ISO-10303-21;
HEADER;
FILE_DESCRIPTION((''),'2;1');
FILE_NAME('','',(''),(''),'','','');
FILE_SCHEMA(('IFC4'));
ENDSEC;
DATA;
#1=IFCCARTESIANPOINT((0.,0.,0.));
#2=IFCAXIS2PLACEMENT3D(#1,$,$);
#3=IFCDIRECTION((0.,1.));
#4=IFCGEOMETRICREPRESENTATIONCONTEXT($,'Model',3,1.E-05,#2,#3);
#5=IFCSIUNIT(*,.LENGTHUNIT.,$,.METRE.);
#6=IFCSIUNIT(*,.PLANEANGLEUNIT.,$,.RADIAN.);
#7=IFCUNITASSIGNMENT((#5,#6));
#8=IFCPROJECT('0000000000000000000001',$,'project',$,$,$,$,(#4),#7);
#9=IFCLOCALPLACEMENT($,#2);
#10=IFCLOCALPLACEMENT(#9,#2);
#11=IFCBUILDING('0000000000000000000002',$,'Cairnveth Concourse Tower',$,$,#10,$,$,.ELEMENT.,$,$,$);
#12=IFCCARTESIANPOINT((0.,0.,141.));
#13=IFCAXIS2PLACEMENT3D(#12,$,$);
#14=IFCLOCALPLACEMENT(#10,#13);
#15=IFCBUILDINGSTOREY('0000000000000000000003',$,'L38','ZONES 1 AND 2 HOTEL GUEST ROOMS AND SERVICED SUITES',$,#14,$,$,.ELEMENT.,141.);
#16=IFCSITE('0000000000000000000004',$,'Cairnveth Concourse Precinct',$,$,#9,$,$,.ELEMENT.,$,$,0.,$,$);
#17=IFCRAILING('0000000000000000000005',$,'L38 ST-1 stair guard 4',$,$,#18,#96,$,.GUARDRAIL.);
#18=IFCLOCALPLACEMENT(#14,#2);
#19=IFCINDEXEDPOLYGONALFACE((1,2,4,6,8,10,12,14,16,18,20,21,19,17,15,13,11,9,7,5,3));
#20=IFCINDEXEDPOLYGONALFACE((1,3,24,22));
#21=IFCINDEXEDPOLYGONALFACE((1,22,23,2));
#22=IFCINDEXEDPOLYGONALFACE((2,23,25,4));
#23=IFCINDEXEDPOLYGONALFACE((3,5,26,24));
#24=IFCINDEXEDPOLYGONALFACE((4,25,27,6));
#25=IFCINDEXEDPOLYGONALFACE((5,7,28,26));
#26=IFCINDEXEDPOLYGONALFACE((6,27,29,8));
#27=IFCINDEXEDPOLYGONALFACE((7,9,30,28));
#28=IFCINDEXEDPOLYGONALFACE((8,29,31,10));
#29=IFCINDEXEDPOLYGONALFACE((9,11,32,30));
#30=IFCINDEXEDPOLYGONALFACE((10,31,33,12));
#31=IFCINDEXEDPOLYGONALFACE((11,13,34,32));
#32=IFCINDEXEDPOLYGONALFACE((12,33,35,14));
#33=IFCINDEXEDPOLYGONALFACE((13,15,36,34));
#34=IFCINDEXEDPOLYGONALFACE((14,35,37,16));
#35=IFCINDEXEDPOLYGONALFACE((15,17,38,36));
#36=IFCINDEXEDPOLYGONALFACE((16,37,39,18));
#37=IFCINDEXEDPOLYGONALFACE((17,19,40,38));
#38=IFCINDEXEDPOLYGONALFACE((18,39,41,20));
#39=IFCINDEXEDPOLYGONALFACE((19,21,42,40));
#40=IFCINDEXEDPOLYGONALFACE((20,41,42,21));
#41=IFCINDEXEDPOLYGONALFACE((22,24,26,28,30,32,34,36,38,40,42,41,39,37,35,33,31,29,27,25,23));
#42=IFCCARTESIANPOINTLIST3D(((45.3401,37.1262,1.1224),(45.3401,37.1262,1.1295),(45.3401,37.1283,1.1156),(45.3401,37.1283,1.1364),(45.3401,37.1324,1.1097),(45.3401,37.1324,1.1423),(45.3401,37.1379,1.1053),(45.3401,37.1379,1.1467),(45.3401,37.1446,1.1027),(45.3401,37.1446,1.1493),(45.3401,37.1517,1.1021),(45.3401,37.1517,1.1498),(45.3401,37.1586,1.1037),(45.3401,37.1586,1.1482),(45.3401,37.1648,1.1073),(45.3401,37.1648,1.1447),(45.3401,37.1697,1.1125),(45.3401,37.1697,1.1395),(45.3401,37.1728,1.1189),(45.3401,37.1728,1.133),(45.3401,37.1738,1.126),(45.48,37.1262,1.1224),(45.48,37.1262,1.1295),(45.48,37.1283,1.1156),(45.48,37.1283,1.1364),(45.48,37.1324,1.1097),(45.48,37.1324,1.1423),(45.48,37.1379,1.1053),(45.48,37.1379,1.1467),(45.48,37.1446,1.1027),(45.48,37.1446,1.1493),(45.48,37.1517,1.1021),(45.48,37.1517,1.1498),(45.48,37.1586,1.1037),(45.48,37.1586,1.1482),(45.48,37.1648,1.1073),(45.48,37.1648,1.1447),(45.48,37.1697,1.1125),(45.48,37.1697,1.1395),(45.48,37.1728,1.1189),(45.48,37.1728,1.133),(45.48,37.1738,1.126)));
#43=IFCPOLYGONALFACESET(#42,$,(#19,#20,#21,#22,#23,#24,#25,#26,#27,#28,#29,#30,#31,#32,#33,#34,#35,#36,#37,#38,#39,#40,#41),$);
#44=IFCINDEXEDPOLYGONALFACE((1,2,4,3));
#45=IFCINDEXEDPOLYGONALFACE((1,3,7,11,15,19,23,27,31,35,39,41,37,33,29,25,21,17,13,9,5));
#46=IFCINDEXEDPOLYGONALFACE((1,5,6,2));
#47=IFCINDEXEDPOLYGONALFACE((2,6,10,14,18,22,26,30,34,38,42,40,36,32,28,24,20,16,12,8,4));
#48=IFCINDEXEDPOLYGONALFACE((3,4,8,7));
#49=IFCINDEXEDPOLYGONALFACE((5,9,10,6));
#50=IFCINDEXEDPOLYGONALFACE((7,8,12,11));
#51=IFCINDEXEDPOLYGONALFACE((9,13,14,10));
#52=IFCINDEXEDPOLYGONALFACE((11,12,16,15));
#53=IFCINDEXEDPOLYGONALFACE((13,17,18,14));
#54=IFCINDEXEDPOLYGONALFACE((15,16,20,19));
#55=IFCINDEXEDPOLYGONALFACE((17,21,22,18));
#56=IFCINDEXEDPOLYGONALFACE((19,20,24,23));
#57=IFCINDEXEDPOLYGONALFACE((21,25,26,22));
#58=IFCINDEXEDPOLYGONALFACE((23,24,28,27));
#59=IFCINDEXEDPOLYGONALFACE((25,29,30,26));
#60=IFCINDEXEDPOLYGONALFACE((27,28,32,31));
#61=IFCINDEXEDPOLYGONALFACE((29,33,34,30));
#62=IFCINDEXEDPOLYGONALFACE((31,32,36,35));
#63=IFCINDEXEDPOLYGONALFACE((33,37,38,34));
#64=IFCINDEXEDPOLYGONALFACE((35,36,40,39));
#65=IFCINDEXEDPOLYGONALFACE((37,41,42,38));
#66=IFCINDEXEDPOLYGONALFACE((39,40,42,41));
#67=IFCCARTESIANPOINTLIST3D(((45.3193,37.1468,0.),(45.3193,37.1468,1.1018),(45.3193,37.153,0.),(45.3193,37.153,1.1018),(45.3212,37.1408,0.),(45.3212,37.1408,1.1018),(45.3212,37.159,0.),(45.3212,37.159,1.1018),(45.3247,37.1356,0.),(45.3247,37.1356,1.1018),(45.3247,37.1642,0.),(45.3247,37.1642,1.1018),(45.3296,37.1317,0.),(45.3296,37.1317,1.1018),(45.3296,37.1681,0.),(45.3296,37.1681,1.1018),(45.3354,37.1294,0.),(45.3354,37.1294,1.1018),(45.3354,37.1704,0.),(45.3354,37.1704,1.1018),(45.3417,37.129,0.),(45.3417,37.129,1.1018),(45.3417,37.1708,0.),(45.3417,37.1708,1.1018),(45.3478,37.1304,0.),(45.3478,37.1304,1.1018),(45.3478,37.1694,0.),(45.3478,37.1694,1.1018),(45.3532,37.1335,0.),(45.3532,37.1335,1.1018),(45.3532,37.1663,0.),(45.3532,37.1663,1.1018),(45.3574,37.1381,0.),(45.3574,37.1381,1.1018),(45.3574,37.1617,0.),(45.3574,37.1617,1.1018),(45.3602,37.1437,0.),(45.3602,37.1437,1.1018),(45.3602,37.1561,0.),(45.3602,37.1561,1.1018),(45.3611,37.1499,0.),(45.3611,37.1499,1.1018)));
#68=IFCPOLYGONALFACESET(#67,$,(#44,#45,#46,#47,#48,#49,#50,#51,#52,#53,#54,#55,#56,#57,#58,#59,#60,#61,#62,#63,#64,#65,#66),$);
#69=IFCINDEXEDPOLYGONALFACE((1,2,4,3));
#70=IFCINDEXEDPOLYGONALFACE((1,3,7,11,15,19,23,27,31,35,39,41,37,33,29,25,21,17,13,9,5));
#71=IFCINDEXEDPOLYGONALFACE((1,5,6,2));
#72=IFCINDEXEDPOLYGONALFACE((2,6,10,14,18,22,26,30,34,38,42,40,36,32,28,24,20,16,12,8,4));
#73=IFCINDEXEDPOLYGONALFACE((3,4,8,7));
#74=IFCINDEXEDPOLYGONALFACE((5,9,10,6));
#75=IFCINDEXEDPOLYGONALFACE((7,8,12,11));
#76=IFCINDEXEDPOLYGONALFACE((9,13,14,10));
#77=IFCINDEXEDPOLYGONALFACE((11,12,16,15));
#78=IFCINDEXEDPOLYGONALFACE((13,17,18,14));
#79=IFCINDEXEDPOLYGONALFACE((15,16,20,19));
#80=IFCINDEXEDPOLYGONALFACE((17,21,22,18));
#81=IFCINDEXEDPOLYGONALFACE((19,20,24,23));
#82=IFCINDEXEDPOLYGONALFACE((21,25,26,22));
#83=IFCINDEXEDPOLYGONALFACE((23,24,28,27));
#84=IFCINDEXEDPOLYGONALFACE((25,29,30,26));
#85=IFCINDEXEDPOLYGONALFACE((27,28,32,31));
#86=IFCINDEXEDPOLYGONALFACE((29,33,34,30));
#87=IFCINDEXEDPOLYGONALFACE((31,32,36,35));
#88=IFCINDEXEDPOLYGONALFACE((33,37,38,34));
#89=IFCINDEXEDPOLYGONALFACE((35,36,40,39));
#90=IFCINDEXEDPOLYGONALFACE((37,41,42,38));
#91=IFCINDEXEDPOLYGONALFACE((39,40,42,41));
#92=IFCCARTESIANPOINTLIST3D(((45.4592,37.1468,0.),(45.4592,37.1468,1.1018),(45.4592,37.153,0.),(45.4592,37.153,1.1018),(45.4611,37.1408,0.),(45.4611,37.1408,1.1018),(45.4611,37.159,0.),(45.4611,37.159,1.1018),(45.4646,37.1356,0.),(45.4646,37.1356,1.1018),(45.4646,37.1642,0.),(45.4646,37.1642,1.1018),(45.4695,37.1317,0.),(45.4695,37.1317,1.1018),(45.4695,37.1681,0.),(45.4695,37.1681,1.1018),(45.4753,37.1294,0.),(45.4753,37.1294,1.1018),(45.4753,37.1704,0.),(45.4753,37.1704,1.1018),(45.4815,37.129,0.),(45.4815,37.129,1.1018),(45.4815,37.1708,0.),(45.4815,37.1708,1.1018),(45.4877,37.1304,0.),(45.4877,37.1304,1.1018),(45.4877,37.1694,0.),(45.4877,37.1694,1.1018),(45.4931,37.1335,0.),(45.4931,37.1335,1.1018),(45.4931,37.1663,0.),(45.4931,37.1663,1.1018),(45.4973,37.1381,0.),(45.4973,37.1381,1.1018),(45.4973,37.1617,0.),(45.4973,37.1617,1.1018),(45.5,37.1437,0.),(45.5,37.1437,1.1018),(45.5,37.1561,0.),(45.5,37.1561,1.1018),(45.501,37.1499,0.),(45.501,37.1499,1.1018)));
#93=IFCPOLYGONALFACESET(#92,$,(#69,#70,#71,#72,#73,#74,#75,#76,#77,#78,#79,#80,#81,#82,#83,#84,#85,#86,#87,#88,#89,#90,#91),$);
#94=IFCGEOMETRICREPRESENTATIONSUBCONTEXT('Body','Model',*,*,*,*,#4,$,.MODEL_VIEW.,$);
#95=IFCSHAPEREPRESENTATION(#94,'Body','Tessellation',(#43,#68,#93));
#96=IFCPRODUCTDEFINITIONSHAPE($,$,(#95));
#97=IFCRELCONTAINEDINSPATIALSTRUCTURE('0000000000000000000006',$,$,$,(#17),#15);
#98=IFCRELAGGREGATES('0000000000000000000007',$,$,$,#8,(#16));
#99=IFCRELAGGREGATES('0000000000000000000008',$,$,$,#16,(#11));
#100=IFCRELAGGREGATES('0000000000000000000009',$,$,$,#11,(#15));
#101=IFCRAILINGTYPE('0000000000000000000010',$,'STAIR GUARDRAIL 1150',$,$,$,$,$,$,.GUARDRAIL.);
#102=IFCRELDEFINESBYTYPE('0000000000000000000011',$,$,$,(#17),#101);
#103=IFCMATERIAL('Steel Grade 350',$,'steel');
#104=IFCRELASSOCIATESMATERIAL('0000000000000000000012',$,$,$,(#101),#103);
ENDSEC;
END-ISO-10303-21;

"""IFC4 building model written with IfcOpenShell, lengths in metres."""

from ifc_helpers import new_model, si_unit, direction, frame, origin, origin_2d, place, context, subcontext, project, spatial, circle, extrude, material, type_object, element, save


model = new_model("IFC4")

# Units and contexts
model_context = context("Model", 3, precision=1e-05, world=origin(), true_north=direction((0.0, 1.0)))
body_context = subcontext(model_context, "Body", "Model", "MODEL_VIEW")
ifc_project = project(units=[si_unit("LENGTHUNIT", "METRE"), si_unit("PLANEANGLEUNIT", "RADIAN")], contexts=[model_context])

# Site, building, storey
site_placement = place(None, origin())
site = spatial("IfcSite", under=ifc_project, at=site_placement, Name="Cairnveth Concourse Precinct", CompositionType="ELEMENT", RefElevation=0.0)
building_placement = place(site_placement, origin())
building = spatial("IfcBuilding", under=site, at=building_placement, Name="Cairnveth Concourse Tower", CompositionType="ELEMENT")
storey_placement = place(building_placement, frame((0.0, 0.0, 141.0)))
storey = spatial("IfcBuildingStorey", under=building, at=storey_placement, Name="L38", Description="ZONES 1 AND 2 HOTEL GUEST ROOMS AND SERVICED SUITES", CompositionType="ELEMENT", Elevation=141.0)

# Shared definitions
ifc_material_1 = material(Name="Steel Grade 350", Category="steel")

# Railing
railing_type_1 = type_object("IfcRailingType", Name="STAIR GUARDRAIL 1150", PredefinedType="GUARDRAIL", material=ifc_material_1)
railing_1_placement = place(storey_placement, frame((45.3401, 37.1499, 0.0)))
element("IfcRailing", 1, at=railing_1_placement, inside=storey, type_object=railing_type_1, Name="L38 ST-1 stair guard 4", PredefinedType="GUARDRAIL", context=body_context, shape_type="SweptSolid", body=[
    extrude(circle(Radius=0.0239, at=origin_2d()), frame((0.0, 0.0, 1.126), z_axis=(1.0, 0.0, 0.0), x_axis=(0.0, 1.0, 0.0)), (0.0, 0.0, 1.0), 0.1399),
    extrude(circle(Radius=0.021, at=origin_2d()), origin(), (0.0, 0.0, 1.0), 1.1018),
    extrude(circle(Radius=0.021, at=origin_2d()), frame((0.1399, 0.0, 0.0)), (0.0, 0.0, 1.0), 1.1018),
])

save(model, "model.ifc")
